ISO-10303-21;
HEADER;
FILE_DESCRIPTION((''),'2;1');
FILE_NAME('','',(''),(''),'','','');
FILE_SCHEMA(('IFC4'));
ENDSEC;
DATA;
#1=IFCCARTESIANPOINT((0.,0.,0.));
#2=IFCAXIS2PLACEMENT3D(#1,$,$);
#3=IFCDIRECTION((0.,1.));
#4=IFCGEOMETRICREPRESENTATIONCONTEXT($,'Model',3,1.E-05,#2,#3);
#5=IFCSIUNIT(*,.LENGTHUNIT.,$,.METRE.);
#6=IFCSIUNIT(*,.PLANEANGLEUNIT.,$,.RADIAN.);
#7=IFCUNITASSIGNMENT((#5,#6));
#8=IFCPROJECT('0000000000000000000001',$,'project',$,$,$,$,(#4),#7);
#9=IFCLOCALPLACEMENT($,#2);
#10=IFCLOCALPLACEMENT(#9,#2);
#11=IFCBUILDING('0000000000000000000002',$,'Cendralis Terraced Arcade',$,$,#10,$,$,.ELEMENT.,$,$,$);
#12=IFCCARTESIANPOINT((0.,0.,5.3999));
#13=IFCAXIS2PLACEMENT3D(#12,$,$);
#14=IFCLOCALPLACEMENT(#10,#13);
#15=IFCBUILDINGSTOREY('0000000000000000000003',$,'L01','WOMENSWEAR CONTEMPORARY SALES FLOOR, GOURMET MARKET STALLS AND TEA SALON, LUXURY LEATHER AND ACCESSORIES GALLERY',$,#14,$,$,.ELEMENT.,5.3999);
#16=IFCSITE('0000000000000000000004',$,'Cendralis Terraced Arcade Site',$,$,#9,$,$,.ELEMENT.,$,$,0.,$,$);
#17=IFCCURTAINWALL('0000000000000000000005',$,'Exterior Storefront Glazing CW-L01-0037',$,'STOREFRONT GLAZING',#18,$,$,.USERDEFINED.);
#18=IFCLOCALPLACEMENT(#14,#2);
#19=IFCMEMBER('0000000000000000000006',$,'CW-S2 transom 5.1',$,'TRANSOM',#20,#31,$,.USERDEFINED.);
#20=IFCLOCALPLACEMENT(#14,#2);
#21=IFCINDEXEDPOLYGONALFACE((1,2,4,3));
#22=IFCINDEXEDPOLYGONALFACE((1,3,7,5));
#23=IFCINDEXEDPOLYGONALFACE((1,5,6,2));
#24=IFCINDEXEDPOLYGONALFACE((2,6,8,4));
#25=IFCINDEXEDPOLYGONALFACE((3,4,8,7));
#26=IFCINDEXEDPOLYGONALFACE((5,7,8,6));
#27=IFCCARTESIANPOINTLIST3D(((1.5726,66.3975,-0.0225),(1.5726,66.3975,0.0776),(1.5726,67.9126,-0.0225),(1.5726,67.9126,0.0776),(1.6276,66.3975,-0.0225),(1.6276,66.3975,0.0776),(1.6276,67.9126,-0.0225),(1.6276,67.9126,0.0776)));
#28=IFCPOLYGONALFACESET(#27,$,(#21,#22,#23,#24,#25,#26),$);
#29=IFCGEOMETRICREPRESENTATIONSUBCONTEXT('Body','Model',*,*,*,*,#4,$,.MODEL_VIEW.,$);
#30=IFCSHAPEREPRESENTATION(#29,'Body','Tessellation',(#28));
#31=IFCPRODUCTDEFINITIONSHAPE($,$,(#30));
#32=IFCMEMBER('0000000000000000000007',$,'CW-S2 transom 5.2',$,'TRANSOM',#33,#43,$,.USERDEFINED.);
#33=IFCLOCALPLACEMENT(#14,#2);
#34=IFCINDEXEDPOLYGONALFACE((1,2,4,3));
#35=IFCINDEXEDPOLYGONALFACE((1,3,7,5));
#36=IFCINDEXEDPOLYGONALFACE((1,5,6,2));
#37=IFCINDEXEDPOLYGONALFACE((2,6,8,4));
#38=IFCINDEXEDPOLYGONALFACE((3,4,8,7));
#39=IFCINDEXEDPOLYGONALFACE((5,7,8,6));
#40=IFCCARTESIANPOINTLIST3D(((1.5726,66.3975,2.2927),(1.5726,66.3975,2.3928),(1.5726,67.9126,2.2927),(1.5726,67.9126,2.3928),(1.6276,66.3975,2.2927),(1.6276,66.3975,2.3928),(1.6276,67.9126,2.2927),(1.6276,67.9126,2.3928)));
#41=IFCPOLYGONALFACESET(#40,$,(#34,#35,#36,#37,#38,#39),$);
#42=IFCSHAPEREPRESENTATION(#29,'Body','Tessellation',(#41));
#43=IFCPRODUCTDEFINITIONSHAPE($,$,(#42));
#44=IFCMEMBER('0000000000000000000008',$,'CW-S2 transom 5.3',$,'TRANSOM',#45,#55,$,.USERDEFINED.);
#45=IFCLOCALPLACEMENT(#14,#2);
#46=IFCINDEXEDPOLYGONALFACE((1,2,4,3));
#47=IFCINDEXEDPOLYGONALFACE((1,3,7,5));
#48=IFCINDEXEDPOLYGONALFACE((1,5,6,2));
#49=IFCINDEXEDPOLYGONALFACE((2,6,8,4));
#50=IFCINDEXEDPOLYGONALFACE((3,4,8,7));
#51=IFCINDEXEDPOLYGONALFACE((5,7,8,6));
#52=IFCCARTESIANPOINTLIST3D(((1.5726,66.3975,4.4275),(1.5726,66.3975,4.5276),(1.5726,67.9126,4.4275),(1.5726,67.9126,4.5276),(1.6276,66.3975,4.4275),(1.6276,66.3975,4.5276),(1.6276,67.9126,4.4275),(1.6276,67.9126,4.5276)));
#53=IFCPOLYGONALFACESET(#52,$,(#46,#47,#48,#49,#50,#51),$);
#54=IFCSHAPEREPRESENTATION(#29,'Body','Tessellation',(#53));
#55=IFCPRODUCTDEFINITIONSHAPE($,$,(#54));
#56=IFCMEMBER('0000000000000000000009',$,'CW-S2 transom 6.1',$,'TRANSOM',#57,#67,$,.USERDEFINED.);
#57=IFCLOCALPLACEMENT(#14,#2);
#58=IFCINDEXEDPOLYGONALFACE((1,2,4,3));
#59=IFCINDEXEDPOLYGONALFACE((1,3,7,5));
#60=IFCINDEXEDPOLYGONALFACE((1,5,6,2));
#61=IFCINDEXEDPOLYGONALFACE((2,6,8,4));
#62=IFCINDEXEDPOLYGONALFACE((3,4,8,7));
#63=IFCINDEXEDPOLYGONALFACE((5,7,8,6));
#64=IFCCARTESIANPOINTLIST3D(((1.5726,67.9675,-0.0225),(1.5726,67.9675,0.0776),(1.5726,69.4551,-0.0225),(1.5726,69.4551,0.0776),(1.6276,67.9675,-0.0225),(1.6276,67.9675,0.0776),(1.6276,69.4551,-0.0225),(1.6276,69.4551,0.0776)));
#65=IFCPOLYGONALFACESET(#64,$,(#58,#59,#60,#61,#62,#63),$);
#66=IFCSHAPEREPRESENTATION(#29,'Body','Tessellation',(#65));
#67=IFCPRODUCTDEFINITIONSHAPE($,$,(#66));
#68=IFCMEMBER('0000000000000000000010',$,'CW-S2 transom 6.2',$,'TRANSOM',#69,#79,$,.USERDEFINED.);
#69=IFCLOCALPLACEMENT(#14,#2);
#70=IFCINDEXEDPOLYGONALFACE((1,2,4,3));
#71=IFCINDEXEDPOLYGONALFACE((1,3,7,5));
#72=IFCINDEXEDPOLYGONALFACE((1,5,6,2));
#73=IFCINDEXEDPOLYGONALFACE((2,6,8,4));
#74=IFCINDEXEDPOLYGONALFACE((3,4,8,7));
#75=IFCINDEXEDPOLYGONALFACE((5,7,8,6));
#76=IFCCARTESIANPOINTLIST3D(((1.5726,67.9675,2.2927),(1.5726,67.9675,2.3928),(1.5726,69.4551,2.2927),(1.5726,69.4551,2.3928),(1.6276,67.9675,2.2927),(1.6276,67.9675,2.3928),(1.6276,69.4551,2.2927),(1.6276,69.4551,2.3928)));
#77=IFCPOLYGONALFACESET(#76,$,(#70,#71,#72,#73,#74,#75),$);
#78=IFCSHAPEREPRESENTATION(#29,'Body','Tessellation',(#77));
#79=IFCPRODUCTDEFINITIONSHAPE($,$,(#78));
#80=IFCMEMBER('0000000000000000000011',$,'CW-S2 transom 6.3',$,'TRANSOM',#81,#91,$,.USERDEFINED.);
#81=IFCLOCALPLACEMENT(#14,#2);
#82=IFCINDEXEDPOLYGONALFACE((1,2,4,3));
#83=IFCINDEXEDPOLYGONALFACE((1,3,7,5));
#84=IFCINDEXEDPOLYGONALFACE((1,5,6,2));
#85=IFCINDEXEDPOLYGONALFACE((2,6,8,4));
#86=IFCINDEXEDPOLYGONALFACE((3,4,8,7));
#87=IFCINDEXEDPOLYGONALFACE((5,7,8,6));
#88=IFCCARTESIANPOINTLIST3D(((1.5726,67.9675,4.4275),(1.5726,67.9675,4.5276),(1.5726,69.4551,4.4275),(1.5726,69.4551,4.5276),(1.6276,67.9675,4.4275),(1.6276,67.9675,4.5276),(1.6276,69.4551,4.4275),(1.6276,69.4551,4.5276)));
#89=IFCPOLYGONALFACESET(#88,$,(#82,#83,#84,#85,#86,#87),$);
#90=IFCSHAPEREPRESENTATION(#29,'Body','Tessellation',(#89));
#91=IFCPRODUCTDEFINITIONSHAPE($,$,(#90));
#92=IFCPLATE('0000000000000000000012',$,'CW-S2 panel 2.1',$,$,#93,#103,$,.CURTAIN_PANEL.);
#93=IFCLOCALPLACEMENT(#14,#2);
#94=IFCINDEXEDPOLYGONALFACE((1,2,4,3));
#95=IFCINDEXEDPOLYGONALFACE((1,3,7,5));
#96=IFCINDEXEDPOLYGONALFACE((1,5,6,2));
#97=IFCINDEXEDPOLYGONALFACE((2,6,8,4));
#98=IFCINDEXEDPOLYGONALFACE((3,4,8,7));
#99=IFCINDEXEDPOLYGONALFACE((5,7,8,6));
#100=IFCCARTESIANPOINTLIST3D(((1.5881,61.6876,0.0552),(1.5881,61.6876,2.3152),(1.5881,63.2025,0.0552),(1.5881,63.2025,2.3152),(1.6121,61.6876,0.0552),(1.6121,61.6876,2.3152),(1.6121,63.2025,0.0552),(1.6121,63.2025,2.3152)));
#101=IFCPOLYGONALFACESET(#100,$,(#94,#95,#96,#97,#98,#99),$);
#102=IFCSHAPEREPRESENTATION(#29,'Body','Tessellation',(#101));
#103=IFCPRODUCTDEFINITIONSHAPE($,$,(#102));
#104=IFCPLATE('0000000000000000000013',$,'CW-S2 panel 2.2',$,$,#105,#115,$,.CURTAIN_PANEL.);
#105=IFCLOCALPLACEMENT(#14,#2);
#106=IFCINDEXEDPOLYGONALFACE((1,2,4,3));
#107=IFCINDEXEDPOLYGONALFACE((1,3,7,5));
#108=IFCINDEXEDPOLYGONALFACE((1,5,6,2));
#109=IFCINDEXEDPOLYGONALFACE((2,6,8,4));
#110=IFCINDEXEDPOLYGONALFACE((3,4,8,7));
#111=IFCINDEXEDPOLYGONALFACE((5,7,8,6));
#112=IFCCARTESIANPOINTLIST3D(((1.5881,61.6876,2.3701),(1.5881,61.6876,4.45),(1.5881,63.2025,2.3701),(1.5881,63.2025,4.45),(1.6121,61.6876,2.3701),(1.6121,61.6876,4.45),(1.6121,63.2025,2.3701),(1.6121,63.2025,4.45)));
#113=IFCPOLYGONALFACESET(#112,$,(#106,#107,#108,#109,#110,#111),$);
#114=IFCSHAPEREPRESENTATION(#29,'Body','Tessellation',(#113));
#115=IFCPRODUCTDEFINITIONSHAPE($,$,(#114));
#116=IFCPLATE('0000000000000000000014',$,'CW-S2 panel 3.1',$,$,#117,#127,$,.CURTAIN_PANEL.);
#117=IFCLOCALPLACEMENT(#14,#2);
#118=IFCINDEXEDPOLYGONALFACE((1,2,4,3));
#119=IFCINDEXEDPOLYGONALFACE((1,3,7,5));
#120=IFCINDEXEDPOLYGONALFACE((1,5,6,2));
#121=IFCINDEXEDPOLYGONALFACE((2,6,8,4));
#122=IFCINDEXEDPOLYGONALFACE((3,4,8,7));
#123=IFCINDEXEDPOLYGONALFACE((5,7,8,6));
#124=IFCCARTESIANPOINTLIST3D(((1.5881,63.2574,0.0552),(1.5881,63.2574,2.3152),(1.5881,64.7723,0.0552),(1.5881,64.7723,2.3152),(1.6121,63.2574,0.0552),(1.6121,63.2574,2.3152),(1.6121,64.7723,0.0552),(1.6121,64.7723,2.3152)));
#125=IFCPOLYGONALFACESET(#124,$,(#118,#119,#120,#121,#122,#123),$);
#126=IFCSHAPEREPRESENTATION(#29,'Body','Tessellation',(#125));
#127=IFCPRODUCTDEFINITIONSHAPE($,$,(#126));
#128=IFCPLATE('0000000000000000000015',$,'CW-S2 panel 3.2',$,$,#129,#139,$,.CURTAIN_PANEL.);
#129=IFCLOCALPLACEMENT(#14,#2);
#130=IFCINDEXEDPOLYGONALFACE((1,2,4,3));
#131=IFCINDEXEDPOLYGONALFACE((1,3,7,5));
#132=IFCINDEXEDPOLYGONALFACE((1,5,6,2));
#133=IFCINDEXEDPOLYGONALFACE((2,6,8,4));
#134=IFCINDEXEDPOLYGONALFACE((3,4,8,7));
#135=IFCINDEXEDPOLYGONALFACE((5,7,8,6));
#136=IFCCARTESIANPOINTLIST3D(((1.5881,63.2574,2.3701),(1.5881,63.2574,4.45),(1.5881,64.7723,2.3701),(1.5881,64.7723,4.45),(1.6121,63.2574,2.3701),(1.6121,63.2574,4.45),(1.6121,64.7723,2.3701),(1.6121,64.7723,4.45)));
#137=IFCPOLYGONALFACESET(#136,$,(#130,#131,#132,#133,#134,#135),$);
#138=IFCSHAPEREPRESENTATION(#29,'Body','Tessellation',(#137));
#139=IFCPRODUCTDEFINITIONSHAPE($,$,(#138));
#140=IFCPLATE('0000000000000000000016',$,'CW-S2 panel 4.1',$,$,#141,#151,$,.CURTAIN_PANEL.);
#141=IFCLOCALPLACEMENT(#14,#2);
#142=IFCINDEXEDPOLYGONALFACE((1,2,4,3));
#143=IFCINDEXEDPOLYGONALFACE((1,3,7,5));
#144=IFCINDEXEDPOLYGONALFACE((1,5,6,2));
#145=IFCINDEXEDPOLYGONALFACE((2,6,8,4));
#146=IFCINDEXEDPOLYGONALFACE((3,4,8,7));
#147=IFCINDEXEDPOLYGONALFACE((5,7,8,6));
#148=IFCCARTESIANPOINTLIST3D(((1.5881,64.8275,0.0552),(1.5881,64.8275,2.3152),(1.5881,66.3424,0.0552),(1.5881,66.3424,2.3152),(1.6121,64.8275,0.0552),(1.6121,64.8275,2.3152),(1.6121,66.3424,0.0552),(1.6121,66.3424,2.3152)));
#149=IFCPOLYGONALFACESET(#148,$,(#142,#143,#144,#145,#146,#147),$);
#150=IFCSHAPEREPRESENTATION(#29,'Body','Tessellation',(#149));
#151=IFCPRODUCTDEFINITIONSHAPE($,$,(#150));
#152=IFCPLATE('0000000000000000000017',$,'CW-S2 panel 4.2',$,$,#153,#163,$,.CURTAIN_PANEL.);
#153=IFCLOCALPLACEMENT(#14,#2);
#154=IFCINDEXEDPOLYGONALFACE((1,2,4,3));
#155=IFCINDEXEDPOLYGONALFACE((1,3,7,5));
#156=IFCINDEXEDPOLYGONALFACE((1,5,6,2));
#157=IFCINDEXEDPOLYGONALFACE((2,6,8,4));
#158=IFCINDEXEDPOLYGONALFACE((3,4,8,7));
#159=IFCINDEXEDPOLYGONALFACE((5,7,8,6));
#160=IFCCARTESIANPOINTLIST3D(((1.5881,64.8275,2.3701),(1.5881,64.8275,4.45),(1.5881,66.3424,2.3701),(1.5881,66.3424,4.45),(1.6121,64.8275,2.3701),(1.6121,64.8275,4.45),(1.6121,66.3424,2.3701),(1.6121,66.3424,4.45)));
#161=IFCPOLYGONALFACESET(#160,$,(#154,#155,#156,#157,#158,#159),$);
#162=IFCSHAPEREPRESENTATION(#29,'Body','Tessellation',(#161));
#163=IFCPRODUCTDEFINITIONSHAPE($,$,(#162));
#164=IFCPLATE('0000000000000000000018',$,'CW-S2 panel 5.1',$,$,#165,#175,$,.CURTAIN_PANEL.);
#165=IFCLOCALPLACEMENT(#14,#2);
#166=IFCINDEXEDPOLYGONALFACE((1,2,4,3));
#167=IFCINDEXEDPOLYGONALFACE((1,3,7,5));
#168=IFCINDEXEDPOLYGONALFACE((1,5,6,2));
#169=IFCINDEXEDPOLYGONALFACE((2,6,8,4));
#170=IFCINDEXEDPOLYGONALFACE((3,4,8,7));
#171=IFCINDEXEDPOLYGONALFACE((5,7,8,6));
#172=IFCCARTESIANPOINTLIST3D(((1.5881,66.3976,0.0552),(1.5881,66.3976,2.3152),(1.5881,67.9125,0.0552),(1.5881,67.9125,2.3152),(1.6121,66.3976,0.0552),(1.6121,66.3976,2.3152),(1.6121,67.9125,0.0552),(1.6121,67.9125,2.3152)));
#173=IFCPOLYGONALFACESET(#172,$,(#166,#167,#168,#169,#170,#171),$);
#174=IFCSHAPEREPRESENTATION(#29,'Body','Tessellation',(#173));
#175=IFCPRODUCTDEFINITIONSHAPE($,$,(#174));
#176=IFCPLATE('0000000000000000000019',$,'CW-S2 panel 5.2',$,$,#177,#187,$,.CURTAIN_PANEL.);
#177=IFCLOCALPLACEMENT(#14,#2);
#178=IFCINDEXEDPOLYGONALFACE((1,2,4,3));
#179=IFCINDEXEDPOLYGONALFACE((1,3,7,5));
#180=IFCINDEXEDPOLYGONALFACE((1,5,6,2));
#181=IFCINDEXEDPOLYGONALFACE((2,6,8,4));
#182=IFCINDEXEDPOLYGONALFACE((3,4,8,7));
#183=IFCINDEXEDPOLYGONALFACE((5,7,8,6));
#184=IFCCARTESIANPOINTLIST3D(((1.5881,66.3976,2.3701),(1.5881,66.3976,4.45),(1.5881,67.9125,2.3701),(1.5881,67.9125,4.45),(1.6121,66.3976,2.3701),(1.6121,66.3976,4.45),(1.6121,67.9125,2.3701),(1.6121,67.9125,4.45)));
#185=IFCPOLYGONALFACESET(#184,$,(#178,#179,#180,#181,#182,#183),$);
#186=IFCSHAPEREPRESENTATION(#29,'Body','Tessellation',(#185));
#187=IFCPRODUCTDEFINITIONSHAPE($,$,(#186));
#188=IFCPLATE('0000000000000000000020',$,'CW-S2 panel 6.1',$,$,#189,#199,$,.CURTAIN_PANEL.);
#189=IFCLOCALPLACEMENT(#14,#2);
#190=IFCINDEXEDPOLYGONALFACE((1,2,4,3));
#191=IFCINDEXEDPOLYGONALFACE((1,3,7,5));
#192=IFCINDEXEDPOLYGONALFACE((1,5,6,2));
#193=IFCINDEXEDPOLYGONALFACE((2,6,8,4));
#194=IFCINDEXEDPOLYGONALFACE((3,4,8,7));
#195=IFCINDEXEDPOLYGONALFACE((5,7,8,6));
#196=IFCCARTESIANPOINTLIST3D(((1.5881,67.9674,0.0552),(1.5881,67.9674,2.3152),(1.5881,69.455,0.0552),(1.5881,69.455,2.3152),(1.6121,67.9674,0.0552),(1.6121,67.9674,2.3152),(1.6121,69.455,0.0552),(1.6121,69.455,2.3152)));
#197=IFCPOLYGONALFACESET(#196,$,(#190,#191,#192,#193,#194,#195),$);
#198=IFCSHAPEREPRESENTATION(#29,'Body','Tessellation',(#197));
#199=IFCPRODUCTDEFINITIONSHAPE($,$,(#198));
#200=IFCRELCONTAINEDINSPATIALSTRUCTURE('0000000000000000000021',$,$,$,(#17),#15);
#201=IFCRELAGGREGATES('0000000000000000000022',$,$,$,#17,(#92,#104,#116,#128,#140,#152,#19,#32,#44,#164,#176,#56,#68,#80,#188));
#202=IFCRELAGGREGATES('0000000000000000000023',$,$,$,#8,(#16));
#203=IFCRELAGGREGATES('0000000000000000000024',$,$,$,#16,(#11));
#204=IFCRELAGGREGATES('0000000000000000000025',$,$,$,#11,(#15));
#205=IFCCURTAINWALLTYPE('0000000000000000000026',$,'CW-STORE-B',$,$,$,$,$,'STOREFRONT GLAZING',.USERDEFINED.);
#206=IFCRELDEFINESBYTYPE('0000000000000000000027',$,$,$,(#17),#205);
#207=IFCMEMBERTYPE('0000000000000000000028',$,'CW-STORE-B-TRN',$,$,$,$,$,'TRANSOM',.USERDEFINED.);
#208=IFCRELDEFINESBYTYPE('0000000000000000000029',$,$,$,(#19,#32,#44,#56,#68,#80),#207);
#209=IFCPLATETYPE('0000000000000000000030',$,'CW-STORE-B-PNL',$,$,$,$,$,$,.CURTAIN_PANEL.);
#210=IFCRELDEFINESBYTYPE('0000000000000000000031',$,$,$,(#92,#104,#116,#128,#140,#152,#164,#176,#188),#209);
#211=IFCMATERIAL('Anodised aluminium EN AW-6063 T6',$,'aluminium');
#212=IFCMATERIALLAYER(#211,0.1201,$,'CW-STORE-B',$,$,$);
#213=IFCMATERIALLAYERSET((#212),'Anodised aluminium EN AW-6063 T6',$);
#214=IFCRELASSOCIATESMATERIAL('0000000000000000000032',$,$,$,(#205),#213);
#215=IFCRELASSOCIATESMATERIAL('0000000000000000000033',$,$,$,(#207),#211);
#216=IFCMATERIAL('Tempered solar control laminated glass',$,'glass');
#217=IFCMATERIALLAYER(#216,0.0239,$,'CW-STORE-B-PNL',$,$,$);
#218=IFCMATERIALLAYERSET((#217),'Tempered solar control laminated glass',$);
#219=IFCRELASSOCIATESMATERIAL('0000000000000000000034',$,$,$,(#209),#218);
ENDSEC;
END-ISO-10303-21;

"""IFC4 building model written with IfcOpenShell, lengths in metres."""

from ifc_helpers import new_model, si_unit, direction, frame, origin, origin_2d, place, context, subcontext, project, spatial, rectangle, extrude, material, layer, layer_set, material_profile, profile_set, type_object, element, aggregate, save


model = new_model("IFC4")

# Units and contexts
model_context = context("Model", 3, precision=1e-05, world=origin(), true_north=direction((0.0, 1.0)))
body_context = subcontext(model_context, "Body", "Model", "MODEL_VIEW")
ifc_project = project(units=[si_unit("LENGTHUNIT", "METRE"), si_unit("PLANEANGLEUNIT", "RADIAN")], contexts=[model_context])

# Site, building, storey
site_placement = place(None, origin())
site = spatial("IfcSite", under=ifc_project, at=site_placement, Name="Cendralis Terraced Arcade Site", CompositionType="ELEMENT", RefElevation=0.0)
building_placement = place(site_placement, origin())
building = spatial("IfcBuilding", under=site, at=building_placement, Name="Cendralis Terraced Arcade", CompositionType="ELEMENT")
storey_placement = place(building_placement, frame((0.0, 0.0, 5.3999)))
storey = spatial("IfcBuildingStorey", under=building, at=storey_placement, Name="L01", Description="WOMENSWEAR CONTEMPORARY SALES FLOOR, GOURMET MARKET STALLS AND TEA SALON, LUXURY LEATHER AND ACCESSORIES GALLERY", CompositionType="ELEMENT", Elevation=5.3999)

# Curtain wall, members, plates
ifc_material_1 = material(Name="Anodised aluminium EN AW-6063 T6", Category="aluminium")
ifc_layer_1 = layer(ifc_material_1, 0.1201, Name="CW-STORE-B")
ifc_layer_set_1 = layer_set([ifc_layer_1], Name="Anodised aluminium EN AW-6063 T6")
curtain_wall_type = type_object("IfcCurtainWallType", Name="CW-STORE-B", ElementType="STOREFRONT GLAZING", PredefinedType="USERDEFINED", material=ifc_layer_set_1)
curtain_wall_placement = place(storey_placement, origin())
curtain_wall = element("IfcCurtainWall", 1, at=curtain_wall_placement, inside=storey, type_object=curtain_wall_type, Name="Exterior Storefront Glazing CW-L01-0037", ObjectType="STOREFRONT GLAZING", PredefinedType="USERDEFINED")
ifc_material_profile_1 = material_profile(ifc_material_1, rectangle(XDim=0.0549, YDim=0.1001, at=origin_2d()), Name="ALU-TRN-55x100")
ifc_profile_set_1 = profile_set([ifc_material_profile_1], Name="Anodised aluminium EN AW-6063 T6")
member_type_1 = type_object("IfcMemberType", Name="CW-STORE-B-TRN", ElementType="TRANSOM", PredefinedType="USERDEFINED", material=ifc_profile_set_1)
member_1_placement = place(storey_placement, frame((1.6001, 66.3975, 0.0276), z_axis=(0.0, 1.0, 0.0), x_axis=(-1.0, 0.0, 0.0)))
member_1 = element("IfcMember", 2, at=member_1_placement, type_object=member_type_1, Name="CW-S2 transom 5.1", ObjectType="TRANSOM", PredefinedType="USERDEFINED", context=body_context, shape_type="SweptSolid", body=[
    extrude(rectangle(XDim=0.0549, YDim=0.1001, at=origin_2d()), origin(), (0.0, 0.0, 1.0), 1.5151),
])
member_2_placement = place(storey_placement, frame((1.6001, 66.3975, 2.3428), z_axis=(0.0, 1.0, 0.0), x_axis=(-1.0, 0.0, 0.0)))
member_2 = element("IfcMember", 3, at=member_2_placement, type_object=member_type_1, Name="CW-S2 transom 5.2", ObjectType="TRANSOM", PredefinedType="USERDEFINED", context=body_context, shape_type="SweptSolid", body=[
    extrude(rectangle(XDim=0.0549, YDim=0.1001, at=origin_2d()), origin(), (0.0, 0.0, 1.0), 1.5151),
])
member_3_placement = place(storey_placement, frame((1.6001, 66.3975, 4.4775), z_axis=(0.0, 1.0, 0.0), x_axis=(-1.0, 0.0, 0.0)))
member_3 = element("IfcMember", 4, at=member_3_placement, type_object=member_type_1, Name="CW-S2 transom 5.3", ObjectType="TRANSOM", PredefinedType="USERDEFINED", context=body_context, shape_type="SweptSolid", body=[
    extrude(rectangle(XDim=0.0549, YDim=0.1001, at=origin_2d()), origin(), (0.0, 0.0, 1.0), 1.5151),
])
member_4_placement = place(storey_placement, frame((1.6001, 67.9675, 0.0276), z_axis=(0.0, 1.0, 0.0), x_axis=(-1.0, 0.0, 0.0)))
member_4 = element("IfcMember", 5, at=member_4_placement, type_object=member_type_1, Name="CW-S2 transom 6.1", ObjectType="TRANSOM", PredefinedType="USERDEFINED", context=body_context, shape_type="SweptSolid", body=[
    extrude(rectangle(XDim=0.0549, YDim=0.1001, at=origin_2d()), origin(), (0.0, 0.0, 1.0), 1.4875),
])
member_5_placement = place(storey_placement, frame((1.6001, 67.9675, 2.3428), z_axis=(0.0, 1.0, 0.0), x_axis=(-1.0, 0.0, 0.0)))
member_5 = element("IfcMember", 6, at=member_5_placement, type_object=member_type_1, Name="CW-S2 transom 6.2", ObjectType="TRANSOM", PredefinedType="USERDEFINED", context=body_context, shape_type="SweptSolid", body=[
    extrude(rectangle(XDim=0.0549, YDim=0.1001, at=origin_2d()), origin(), (0.0, 0.0, 1.0), 1.4875),
])
member_6_placement = place(storey_placement, frame((1.6001, 67.9675, 4.4775), z_axis=(0.0, 1.0, 0.0), x_axis=(-1.0, 0.0, 0.0)))
member_6 = element("IfcMember", 7, at=member_6_placement, type_object=member_type_1, Name="CW-S2 transom 6.3", ObjectType="TRANSOM", PredefinedType="USERDEFINED", context=body_context, shape_type="SweptSolid", body=[
    extrude(rectangle(XDim=0.0549, YDim=0.1001, at=origin_2d()), origin(), (0.0, 0.0, 1.0), 1.4875),
])
ifc_material_2 = material(Name="Tempered solar control laminated glass", Category="glass")
ifc_layer_2 = layer(ifc_material_2, 0.0239, Name="CW-STORE-B-PNL")
ifc_layer_set_2 = layer_set([ifc_layer_2], Name="Tempered solar control laminated glass")
plate_type = type_object("IfcPlateType", Name="CW-STORE-B-PNL", PredefinedType="CURTAIN_PANEL", material=ifc_layer_set_2)
plate_1_placement = place(storey_placement, frame((1.6001, 62.4451, 0.0552), z_axis=(0.0, 0.0, 1.0), x_axis=(0.0, 1.0, 0.0)))
plate_1 = element("IfcPlate", 8, at=plate_1_placement, type_object=plate_type, Name="CW-S2 panel 2.1", PredefinedType="CURTAIN_PANEL", context=body_context, shape_type="SweptSolid", body=[
    extrude(rectangle(XDim=1.5149, YDim=0.0239, at=origin_2d()), origin(), (0.0, 0.0, 1.0), 2.26),
])
plate_2_placement = place(storey_placement, frame((1.6001, 62.4451, 2.3701), z_axis=(0.0, 0.0, 1.0), x_axis=(0.0, 1.0, 0.0)))
plate_2 = element("IfcPlate", 9, at=plate_2_placement, type_object=plate_type, Name="CW-S2 panel 2.2", PredefinedType="CURTAIN_PANEL", context=body_context, shape_type="SweptSolid", body=[
    extrude(rectangle(XDim=1.5149, YDim=0.0239, at=origin_2d()), origin(), (0.0, 0.0, 1.0), 2.0798),
])
plate_3_placement = place(storey_placement, frame((1.6001, 64.0149, 0.0552), z_axis=(0.0, 0.0, 1.0), x_axis=(0.0, 1.0, 0.0)))
plate_3 = element("IfcPlate", 10, at=plate_3_placement, type_object=plate_type, Name="CW-S2 panel 3.1", PredefinedType="CURTAIN_PANEL", context=body_context, shape_type="SweptSolid", body=[
    extrude(rectangle(XDim=1.5149, YDim=0.0239, at=origin_2d()), origin(), (0.0, 0.0, 1.0), 2.26),
])
plate_4_placement = place(storey_placement, frame((1.6001, 64.0149, 2.3701), z_axis=(0.0, 0.0, 1.0), x_axis=(0.0, 1.0, 0.0)))
plate_4 = element("IfcPlate", 11, at=plate_4_placement, type_object=plate_type, Name="CW-S2 panel 3.2", PredefinedType="CURTAIN_PANEL", context=body_context, shape_type="SweptSolid", body=[
    extrude(rectangle(XDim=1.5149, YDim=0.0239, at=origin_2d()), origin(), (0.0, 0.0, 1.0), 2.0798),
])
plate_5_placement = place(storey_placement, frame((1.6001, 65.585, 0.0552), z_axis=(0.0, 0.0, 1.0), x_axis=(0.0, 1.0, 0.0)))
plate_5 = element("IfcPlate", 12, at=plate_5_placement, type_object=plate_type, Name="CW-S2 panel 4.1", PredefinedType="CURTAIN_PANEL", context=body_context, shape_type="SweptSolid", body=[
    extrude(rectangle(XDim=1.5149, YDim=0.0239, at=origin_2d()), origin(), (0.0, 0.0, 1.0), 2.26),
])
plate_6_placement = place(storey_placement, frame((1.6001, 65.585, 2.3701), z_axis=(0.0, 0.0, 1.0), x_axis=(0.0, 1.0, 0.0)))
plate_6 = element("IfcPlate", 13, at=plate_6_placement, type_object=plate_type, Name="CW-S2 panel 4.2", PredefinedType="CURTAIN_PANEL", context=body_context, shape_type="SweptSolid", body=[
    extrude(rectangle(XDim=1.5149, YDim=0.0239, at=origin_2d()), origin(), (0.0, 0.0, 1.0), 2.0798),
])
plate_7_placement = place(storey_placement, frame((1.6001, 67.155, 0.0552), z_axis=(0.0, 0.0, 1.0), x_axis=(0.0, 1.0, 0.0)))
plate_7 = element("IfcPlate", 14, at=plate_7_placement, type_object=plate_type, Name="CW-S2 panel 5.1", PredefinedType="CURTAIN_PANEL", context=body_context, shape_type="SweptSolid", body=[
    extrude(rectangle(XDim=1.5149, YDim=0.0239, at=origin_2d()), origin(), (0.0, 0.0, 1.0), 2.26),
])
plate_8_placement = place(storey_placement, frame((1.6001, 67.155, 2.3701), z_axis=(0.0, 0.0, 1.0), x_axis=(0.0, 1.0, 0.0)))
plate_8 = element("IfcPlate", 15, at=plate_8_placement, type_object=plate_type, Name="CW-S2 panel 5.2", PredefinedType="CURTAIN_PANEL", context=body_context, shape_type="SweptSolid", body=[
    extrude(rectangle(XDim=1.5149, YDim=0.0239, at=origin_2d()), origin(), (0.0, 0.0, 1.0), 2.0798),
])
plate_9_placement = place(storey_placement, frame((1.6001, 68.7112, 0.0552), z_axis=(0.0, 0.0, 1.0), x_axis=(0.0, 1.0, 0.0)))
plate_9 = element("IfcPlate", 16, at=plate_9_placement, type_object=plate_type, Name="CW-S2 panel 6.1", PredefinedType="CURTAIN_PANEL", context=body_context, shape_type="SweptSolid", body=[
    extrude(rectangle(XDim=1.4875, YDim=0.0239, at=origin_2d()), origin(), (0.0, 0.0, 1.0), 2.26),
])
aggregate(curtain_wall, [plate_1, plate_2, plate_3, plate_4, plate_5, plate_6, member_1, member_2, member_3, plate_7, plate_8, member_4, member_5, member_6, plate_9])

save(model, "model.ifc")
